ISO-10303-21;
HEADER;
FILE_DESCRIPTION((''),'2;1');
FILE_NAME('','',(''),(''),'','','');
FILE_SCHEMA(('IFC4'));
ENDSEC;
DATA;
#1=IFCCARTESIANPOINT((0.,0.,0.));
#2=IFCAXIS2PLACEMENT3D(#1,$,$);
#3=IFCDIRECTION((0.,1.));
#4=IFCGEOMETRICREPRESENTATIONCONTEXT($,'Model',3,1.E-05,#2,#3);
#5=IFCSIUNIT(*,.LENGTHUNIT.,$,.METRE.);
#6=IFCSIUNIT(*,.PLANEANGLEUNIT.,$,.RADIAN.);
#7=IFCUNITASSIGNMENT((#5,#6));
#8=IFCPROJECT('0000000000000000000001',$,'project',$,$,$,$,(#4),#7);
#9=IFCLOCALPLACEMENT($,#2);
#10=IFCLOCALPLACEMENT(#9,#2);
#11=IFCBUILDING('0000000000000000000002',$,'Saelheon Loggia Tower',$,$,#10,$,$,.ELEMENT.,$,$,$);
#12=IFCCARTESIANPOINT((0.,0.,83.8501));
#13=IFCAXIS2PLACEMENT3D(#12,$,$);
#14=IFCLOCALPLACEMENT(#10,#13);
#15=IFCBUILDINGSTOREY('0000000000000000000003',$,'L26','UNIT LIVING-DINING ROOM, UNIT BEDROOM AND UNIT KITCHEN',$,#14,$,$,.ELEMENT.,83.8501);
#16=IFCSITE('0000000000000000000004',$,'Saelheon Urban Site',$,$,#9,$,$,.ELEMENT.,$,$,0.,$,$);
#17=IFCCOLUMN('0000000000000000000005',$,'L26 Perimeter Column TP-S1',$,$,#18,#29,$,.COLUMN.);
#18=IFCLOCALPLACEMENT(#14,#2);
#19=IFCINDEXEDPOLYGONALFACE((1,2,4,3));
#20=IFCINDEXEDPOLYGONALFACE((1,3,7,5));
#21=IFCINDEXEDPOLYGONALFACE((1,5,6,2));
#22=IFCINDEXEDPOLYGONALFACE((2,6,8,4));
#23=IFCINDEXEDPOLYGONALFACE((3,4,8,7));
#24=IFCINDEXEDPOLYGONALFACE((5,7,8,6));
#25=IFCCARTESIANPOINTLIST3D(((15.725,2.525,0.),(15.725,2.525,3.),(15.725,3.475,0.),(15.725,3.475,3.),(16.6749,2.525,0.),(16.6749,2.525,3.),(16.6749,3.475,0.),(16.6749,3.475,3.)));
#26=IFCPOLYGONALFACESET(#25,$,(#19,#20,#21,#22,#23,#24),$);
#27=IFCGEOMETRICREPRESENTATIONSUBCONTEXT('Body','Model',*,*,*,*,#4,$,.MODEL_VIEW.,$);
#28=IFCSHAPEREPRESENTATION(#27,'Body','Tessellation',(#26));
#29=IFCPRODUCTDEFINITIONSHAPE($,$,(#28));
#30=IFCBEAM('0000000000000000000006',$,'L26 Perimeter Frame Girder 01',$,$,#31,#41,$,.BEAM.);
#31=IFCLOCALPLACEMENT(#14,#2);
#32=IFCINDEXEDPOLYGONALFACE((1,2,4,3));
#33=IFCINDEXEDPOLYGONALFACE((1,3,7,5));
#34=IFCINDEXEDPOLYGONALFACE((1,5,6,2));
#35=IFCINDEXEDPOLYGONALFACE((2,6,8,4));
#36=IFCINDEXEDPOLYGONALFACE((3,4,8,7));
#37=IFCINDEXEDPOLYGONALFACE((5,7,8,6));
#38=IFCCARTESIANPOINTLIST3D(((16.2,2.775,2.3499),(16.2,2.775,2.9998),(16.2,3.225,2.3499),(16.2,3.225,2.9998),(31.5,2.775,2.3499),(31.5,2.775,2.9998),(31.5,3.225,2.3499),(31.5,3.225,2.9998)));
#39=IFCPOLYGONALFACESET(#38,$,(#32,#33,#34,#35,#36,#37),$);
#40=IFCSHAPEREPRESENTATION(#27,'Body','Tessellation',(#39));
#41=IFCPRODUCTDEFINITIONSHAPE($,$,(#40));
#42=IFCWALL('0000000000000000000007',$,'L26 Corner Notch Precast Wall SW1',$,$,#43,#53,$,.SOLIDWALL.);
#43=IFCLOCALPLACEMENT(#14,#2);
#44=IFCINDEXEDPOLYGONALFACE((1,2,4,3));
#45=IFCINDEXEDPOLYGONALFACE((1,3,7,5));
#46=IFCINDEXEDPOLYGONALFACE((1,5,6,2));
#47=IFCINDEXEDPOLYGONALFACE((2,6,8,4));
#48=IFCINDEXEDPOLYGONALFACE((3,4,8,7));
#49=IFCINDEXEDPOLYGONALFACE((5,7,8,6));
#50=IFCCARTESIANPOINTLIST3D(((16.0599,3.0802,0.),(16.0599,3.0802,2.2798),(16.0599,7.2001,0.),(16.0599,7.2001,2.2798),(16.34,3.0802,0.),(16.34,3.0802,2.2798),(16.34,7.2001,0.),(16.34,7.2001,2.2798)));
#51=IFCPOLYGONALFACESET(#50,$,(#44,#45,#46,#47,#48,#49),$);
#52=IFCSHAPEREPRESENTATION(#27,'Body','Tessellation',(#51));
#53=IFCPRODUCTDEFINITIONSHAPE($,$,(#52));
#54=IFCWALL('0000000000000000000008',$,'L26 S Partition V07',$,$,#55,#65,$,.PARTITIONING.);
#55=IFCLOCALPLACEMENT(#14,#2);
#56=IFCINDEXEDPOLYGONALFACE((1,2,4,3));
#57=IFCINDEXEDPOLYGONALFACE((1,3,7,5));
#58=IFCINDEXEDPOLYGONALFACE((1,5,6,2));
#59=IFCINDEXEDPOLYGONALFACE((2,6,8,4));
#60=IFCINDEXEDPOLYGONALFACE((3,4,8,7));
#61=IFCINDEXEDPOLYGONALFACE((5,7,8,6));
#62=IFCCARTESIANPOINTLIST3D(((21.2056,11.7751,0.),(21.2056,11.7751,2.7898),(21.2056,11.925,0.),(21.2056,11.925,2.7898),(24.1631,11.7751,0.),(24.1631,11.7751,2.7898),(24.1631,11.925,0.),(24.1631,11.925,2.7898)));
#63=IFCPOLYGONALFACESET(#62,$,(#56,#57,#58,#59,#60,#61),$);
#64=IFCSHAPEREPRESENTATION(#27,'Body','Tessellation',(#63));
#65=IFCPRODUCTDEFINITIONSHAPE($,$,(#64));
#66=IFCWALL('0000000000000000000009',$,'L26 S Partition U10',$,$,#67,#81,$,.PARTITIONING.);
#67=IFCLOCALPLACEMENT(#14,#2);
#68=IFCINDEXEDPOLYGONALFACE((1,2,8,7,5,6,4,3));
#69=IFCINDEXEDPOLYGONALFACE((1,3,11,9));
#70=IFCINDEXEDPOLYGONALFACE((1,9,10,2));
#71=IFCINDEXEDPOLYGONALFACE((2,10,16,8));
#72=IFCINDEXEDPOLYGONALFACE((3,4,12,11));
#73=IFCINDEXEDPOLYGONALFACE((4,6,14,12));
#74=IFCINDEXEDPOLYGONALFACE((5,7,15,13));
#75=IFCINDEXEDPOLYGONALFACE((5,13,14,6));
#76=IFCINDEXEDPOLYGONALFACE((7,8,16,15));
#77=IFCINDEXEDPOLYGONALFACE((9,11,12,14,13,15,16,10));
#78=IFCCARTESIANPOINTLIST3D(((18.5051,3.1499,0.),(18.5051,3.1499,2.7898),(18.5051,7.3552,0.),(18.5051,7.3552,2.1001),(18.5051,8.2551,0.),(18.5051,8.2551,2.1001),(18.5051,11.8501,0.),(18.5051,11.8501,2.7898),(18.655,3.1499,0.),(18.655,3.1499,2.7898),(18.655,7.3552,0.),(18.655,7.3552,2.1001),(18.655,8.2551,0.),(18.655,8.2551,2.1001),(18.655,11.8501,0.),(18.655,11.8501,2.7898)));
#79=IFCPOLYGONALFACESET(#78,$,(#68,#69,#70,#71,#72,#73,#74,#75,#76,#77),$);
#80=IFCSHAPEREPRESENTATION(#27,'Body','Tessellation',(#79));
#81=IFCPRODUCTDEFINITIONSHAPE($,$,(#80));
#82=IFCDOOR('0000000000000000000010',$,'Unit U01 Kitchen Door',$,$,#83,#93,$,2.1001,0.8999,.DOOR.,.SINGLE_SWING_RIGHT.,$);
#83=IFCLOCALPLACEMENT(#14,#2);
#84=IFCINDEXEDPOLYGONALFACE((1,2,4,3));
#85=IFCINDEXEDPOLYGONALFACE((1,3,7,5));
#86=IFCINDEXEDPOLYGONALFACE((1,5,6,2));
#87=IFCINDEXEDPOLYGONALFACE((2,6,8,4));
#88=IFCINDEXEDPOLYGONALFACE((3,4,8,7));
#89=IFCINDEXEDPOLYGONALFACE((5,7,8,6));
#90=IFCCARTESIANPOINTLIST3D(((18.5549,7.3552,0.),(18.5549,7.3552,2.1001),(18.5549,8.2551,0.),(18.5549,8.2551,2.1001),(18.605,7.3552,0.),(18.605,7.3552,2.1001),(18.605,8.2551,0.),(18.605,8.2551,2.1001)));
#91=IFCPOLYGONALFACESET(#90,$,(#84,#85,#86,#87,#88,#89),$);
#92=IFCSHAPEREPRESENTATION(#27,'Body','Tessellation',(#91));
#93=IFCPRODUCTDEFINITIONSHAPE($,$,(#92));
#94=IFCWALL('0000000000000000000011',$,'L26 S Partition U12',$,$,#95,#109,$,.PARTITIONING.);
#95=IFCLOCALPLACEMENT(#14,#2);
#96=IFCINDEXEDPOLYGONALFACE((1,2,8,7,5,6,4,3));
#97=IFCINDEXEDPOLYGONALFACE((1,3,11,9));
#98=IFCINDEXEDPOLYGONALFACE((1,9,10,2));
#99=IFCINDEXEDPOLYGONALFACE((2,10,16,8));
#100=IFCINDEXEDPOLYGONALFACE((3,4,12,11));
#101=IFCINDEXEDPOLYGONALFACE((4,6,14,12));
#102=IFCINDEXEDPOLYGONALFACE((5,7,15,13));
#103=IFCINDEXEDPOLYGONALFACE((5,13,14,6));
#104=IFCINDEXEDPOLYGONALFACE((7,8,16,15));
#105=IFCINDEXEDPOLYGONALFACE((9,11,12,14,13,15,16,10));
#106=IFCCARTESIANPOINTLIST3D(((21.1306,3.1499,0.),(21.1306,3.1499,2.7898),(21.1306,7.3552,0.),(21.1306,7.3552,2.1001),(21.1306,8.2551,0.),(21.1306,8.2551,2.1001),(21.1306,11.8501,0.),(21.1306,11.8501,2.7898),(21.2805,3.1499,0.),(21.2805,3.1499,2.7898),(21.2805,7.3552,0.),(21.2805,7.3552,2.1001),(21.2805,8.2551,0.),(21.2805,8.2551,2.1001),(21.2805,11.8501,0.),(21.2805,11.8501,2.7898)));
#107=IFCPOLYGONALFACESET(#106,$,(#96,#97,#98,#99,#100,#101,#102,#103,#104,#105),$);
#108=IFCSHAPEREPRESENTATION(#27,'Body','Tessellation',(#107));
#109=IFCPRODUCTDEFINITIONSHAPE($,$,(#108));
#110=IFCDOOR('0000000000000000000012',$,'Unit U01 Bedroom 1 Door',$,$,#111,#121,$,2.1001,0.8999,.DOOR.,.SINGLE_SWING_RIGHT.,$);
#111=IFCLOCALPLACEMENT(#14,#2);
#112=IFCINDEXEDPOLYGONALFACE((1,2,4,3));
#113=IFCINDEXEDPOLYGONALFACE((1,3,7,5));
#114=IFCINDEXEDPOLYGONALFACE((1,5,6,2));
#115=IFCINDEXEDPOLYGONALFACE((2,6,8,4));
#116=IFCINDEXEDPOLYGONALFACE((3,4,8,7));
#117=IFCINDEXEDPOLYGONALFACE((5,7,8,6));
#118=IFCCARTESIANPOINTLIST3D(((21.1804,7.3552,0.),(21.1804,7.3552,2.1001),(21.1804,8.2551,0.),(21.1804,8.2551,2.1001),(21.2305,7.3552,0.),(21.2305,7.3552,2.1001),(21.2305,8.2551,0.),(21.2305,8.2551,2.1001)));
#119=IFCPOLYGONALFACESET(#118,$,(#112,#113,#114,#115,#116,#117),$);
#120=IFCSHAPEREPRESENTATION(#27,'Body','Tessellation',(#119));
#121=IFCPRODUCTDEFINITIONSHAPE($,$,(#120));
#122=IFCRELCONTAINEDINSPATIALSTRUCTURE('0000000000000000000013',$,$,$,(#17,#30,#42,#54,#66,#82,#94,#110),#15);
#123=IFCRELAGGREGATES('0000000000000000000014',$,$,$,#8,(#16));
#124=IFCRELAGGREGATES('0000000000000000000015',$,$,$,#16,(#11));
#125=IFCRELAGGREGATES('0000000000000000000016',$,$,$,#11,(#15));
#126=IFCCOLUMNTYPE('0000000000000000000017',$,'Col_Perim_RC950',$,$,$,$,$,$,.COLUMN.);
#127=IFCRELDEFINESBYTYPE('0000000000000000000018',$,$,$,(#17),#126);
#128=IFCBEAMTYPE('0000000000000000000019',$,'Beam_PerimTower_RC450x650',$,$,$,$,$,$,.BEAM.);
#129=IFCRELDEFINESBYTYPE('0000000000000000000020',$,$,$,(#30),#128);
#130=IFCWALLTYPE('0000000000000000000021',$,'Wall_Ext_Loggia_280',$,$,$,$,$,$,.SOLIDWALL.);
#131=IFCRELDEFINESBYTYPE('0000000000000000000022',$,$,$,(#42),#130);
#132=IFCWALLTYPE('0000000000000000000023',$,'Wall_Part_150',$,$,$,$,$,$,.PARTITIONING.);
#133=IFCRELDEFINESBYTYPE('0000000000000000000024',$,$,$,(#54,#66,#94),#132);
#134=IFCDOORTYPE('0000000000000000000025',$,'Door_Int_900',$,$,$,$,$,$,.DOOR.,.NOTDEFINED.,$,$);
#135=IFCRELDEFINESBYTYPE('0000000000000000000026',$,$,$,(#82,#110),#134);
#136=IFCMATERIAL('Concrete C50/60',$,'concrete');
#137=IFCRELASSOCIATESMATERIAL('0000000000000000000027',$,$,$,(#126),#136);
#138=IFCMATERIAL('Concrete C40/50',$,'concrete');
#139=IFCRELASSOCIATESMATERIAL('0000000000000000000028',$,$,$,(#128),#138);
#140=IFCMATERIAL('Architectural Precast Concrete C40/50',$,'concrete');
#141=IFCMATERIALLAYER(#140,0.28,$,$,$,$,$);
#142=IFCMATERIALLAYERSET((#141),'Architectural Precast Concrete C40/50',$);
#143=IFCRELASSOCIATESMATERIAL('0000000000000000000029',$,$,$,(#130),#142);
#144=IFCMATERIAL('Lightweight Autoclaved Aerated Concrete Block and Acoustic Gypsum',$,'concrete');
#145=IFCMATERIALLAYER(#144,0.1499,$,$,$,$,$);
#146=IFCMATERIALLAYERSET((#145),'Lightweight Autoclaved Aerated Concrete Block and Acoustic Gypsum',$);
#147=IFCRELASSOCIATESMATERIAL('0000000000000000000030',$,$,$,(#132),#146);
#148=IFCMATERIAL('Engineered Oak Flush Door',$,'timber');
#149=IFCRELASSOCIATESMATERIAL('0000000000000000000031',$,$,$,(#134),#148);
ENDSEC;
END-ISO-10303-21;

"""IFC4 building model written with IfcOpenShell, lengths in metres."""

from ifc_helpers import new_model, si_unit, direction, frame, frame_2d, origin, origin_2d, place, context, subcontext, project, spatial, rectangle, extrude, source, transform, mapped, material, layer, layer_set, material_profile, profile_set, type_object, element, fill, save


model = new_model("IFC4")

# Units and contexts
model_context = context("Model", 3, precision=1e-05, world=origin(), true_north=direction((0.0, 1.0)))
body_context = subcontext(model_context, "Body", "Model", "MODEL_VIEW")
ifc_project = project(units=[si_unit("LENGTHUNIT", "METRE"), si_unit("PLANEANGLEUNIT", "RADIAN")], contexts=[model_context])

# Site, building, storey
site_placement = place(None, origin())
site = spatial("IfcSite", under=ifc_project, at=site_placement, Name="Saelheon Urban Site", CompositionType="ELEMENT", RefElevation=0.0)
building_placement = place(site_placement, origin())
building = spatial("IfcBuilding", under=site, at=building_placement, Name="Saelheon Loggia Tower", CompositionType="ELEMENT")
storey_placement = place(building_placement, frame((0.0, 0.0, 83.8501)))
storey = spatial("IfcBuildingStorey", under=building, at=storey_placement, Name="L26", Description="UNIT LIVING-DINING ROOM, UNIT BEDROOM AND UNIT KITCHEN", CompositionType="ELEMENT", Elevation=83.8501)

# Column
ifc_material_1 = material(Name="Concrete C50/60", Category="concrete")
ifc_material_profile_1 = material_profile(ifc_material_1, rectangle(XDim=0.95, YDim=0.95, at=origin_2d()), Name="RC-950x950")
ifc_profile_set_1 = profile_set([ifc_material_profile_1], Name="Concrete C50/60")
column_type = type_object("IfcColumnType", Name="Col_Perim_RC950", PredefinedType="COLUMN", material=ifc_profile_set_1)
shared_shape_1 = source(origin(), body_context, "Body", "SweptSolid", [
    extrude(rectangle(XDim=0.95, YDim=0.95, at=origin_2d()), origin(), (0.0, 0.0, 1.0), 3.0),
])
column_placement = place(storey_placement, frame((16.2, 3.0, 0.0), z_axis=(0.0, 0.0, 1.0), x_axis=(1.0, 0.0, 0.0)))
element("IfcColumn", 1, at=column_placement, inside=storey, type_object=column_type, Name="L26 Perimeter Column TP-S1", PredefinedType="COLUMN", context=body_context, shape_type="MappedRepresentation", body=[
    mapped(shared_shape_1, transform((0.0, 0.0, 0.0), scale=1.0)),
])

# Beam
ifc_material_2 = material(Name="Concrete C40/50", Category="concrete")
ifc_material_profile_2 = material_profile(ifc_material_2, rectangle(XDim=0.45, YDim=0.6499, at=origin_2d()), Name="RC-450x650")
ifc_profile_set_2 = profile_set([ifc_material_profile_2], Name="Concrete C40/50")
beam_type = type_object("IfcBeamType", Name="Beam_PerimTower_RC450x650", PredefinedType="BEAM", material=ifc_profile_set_2)
shared_shape_2 = source(origin(), body_context, "Body", "SweptSolid", [
    extrude(rectangle(XDim=0.45, YDim=0.6499, at=origin_2d()), origin(), (0.0, 0.0, 1.0), 15.3),
])
beam_placement = place(storey_placement, frame((16.2, 3.0, 2.6748), z_axis=(1.0, 0.0, 0.0), x_axis=(0.0, 1.0, 0.0)))
element("IfcBeam", 2, at=beam_placement, inside=storey, type_object=beam_type, Name="L26 Perimeter Frame Girder 01", PredefinedType="BEAM", context=body_context, shape_type="MappedRepresentation", body=[
    mapped(shared_shape_2, transform((0.0, 0.0, 0.0), scale=1.0)),
])

# Shared definitions
ifc_material_3 = material(Name="Architectural Precast Concrete C40/50", Category="concrete")
ifc_layer_1 = layer(ifc_material_3, 0.28)
ifc_layer_set_1 = layer_set([ifc_layer_1], Name="Architectural Precast Concrete C40/50")
wall_type_1 = type_object("IfcWallType", Name="Wall_Ext_Loggia_280", PredefinedType="SOLIDWALL", material=ifc_layer_set_1)

# Walls
wall_1_placement = place(storey_placement, frame((16.2, 3.0801, 0.0), z_axis=(0.0, 0.0, 1.0), x_axis=(0.0, 1.0, 0.0)))
element("IfcWall", 3, at=wall_1_placement, inside=storey, type_object=wall_type_1, Name="L26 Corner Notch Precast Wall SW1", PredefinedType="SOLIDWALL", context=body_context, shape_type="SweptSolid", body=[
    extrude(rectangle(XDim=4.1199, YDim=0.28, at=frame_2d((2.0601, 0.0))), origin(), (0.0, 0.0, 1.0), 2.2798),
])
ifc_material_4 = material(Name="Lightweight Autoclaved Aerated Concrete Block and Acoustic Gypsum", Category="concrete")
ifc_layer_2 = layer(ifc_material_4, 0.1499)
ifc_layer_set_2 = layer_set([ifc_layer_2], Name="Lightweight Autoclaved Aerated Concrete Block and Acoustic Gypsum")
wall_type_2 = type_object("IfcWallType", Name="Wall_Part_150", PredefinedType="PARTITIONING", material=ifc_layer_set_2)
wall_2_placement = place(storey_placement, frame((21.2056, 11.8501, 0.0), z_axis=(0.0, 0.0, 1.0), x_axis=(1.0, 0.0, 0.0)))
element("IfcWall", 4, at=wall_2_placement, inside=storey, type_object=wall_type_2, Name="L26 S Partition V07", PredefinedType="PARTITIONING", context=body_context, shape_type="SweptSolid", body=[
    extrude(rectangle(XDim=2.9575, YDim=0.1499, at=frame_2d((1.4788, 0.0))), origin(), (0.0, 0.0, 1.0), 2.7898),
])

# Walls, openings, doors
wall_3_placement = place(storey_placement, frame((18.5801, 11.8501, 0.0), z_axis=(0.0, 0.0, 1.0), x_axis=(0.0, -1.0, 0.0)))
wall_3 = element("IfcWall", 5, at=wall_3_placement, inside=storey, type_object=wall_type_2, Name="L26 S Partition U10", PredefinedType="PARTITIONING", context=body_context, shape_type="SweptSolid", body=[
    extrude(rectangle(XDim=8.7002, YDim=0.1499, at=frame_2d((4.3501, 0.0))), origin(), (0.0, 0.0, 1.0), 2.7898),
])
opening_1_placement = place(wall_3_placement, frame((3.595, 0.0, 0.0)))
opening_1 = element("IfcOpeningElement", 6, at=opening_1_placement, cuts=wall_3, PredefinedType="OPENING", context=body_context, shape_type="SweptSolid", body=[
    extrude(rectangle(XDim=0.8999, YDim=2.1001, at=frame_2d((0.45, 1.05))), frame((0.0, 0.0869, 0.0), z_axis=(0.0, -1.0, 0.0), x_axis=(1.0, 0.0, 0.0)), (0.0, 0.0, 1.0), 0.1738),
])
ifc_material_5 = material(Name="Engineered Oak Flush Door", Category="timber")
door_type_1 = type_object("IfcDoorType", Name="Door_Int_900", OperationType="NOTDEFINED", PredefinedType="DOOR", material=ifc_material_5)
shared_shape_3 = source(origin(), body_context, "Body", "SweptSolid", [
    extrude(rectangle(XDim=0.8999, YDim=2.1001, at=frame_2d((0.45, 1.05))), frame((0.0, 0.0249, 0.0), z_axis=(0.0, -1.0, 0.0), x_axis=(1.0, 0.0, 0.0)), (0.0, 0.0, 1.0), 0.05),
])
door_1_placement = place(opening_1_placement, origin())
door_1 = element("IfcDoor", 7, at=door_1_placement, inside=storey, type_object=door_type_1, Name="Unit U01 Kitchen Door", OperationType="SINGLE_SWING_RIGHT", OverallHeight=2.1001, OverallWidth=0.8999, PredefinedType="DOOR", context=body_context, shape_type="MappedRepresentation", body=[
    mapped(shared_shape_3, transform((0.0, 0.0, 0.0), scale=1.0)),
])
fill(opening_1, door_1)
wall_4_placement = place(storey_placement, frame((21.2056, 11.8501, 0.0), z_axis=(0.0, 0.0, 1.0), x_axis=(0.0, -1.0, 0.0)))
wall_4 = element("IfcWall", 8, at=wall_4_placement, inside=storey, type_object=wall_type_2, Name="L26 S Partition U12", PredefinedType="PARTITIONING", context=body_context, shape_type="SweptSolid", body=[
    extrude(rectangle(XDim=8.7002, YDim=0.1499, at=frame_2d((4.3501, 0.0))), origin(), (0.0, 0.0, 1.0), 2.7898),
])
opening_2_placement = place(wall_4_placement, frame((3.595, 0.0, 0.0)))
opening_2 = element("IfcOpeningElement", 9, at=opening_2_placement, cuts=wall_4, PredefinedType="OPENING", context=body_context, shape_type="SweptSolid", body=[
    extrude(rectangle(XDim=0.8999, YDim=2.1001, at=frame_2d((0.45, 1.05))), frame((0.0, 0.0869, 0.0), z_axis=(0.0, -1.0, 0.0), x_axis=(1.0, 0.0, 0.0)), (0.0, 0.0, 1.0), 0.1738),
])
door_2_placement = place(opening_2_placement, origin())
door_2 = element("IfcDoor", 10, at=door_2_placement, inside=storey, type_object=door_type_1, Name="Unit U01 Bedroom 1 Door", OperationType="SINGLE_SWING_RIGHT", OverallHeight=2.1001, OverallWidth=0.8999, PredefinedType="DOOR", context=body_context, shape_type="MappedRepresentation", body=[
    mapped(shared_shape_3, transform((0.0, 0.0, 0.0), scale=1.0)),
])
fill(opening_2, door_2)

save(model, "model.ifc")
